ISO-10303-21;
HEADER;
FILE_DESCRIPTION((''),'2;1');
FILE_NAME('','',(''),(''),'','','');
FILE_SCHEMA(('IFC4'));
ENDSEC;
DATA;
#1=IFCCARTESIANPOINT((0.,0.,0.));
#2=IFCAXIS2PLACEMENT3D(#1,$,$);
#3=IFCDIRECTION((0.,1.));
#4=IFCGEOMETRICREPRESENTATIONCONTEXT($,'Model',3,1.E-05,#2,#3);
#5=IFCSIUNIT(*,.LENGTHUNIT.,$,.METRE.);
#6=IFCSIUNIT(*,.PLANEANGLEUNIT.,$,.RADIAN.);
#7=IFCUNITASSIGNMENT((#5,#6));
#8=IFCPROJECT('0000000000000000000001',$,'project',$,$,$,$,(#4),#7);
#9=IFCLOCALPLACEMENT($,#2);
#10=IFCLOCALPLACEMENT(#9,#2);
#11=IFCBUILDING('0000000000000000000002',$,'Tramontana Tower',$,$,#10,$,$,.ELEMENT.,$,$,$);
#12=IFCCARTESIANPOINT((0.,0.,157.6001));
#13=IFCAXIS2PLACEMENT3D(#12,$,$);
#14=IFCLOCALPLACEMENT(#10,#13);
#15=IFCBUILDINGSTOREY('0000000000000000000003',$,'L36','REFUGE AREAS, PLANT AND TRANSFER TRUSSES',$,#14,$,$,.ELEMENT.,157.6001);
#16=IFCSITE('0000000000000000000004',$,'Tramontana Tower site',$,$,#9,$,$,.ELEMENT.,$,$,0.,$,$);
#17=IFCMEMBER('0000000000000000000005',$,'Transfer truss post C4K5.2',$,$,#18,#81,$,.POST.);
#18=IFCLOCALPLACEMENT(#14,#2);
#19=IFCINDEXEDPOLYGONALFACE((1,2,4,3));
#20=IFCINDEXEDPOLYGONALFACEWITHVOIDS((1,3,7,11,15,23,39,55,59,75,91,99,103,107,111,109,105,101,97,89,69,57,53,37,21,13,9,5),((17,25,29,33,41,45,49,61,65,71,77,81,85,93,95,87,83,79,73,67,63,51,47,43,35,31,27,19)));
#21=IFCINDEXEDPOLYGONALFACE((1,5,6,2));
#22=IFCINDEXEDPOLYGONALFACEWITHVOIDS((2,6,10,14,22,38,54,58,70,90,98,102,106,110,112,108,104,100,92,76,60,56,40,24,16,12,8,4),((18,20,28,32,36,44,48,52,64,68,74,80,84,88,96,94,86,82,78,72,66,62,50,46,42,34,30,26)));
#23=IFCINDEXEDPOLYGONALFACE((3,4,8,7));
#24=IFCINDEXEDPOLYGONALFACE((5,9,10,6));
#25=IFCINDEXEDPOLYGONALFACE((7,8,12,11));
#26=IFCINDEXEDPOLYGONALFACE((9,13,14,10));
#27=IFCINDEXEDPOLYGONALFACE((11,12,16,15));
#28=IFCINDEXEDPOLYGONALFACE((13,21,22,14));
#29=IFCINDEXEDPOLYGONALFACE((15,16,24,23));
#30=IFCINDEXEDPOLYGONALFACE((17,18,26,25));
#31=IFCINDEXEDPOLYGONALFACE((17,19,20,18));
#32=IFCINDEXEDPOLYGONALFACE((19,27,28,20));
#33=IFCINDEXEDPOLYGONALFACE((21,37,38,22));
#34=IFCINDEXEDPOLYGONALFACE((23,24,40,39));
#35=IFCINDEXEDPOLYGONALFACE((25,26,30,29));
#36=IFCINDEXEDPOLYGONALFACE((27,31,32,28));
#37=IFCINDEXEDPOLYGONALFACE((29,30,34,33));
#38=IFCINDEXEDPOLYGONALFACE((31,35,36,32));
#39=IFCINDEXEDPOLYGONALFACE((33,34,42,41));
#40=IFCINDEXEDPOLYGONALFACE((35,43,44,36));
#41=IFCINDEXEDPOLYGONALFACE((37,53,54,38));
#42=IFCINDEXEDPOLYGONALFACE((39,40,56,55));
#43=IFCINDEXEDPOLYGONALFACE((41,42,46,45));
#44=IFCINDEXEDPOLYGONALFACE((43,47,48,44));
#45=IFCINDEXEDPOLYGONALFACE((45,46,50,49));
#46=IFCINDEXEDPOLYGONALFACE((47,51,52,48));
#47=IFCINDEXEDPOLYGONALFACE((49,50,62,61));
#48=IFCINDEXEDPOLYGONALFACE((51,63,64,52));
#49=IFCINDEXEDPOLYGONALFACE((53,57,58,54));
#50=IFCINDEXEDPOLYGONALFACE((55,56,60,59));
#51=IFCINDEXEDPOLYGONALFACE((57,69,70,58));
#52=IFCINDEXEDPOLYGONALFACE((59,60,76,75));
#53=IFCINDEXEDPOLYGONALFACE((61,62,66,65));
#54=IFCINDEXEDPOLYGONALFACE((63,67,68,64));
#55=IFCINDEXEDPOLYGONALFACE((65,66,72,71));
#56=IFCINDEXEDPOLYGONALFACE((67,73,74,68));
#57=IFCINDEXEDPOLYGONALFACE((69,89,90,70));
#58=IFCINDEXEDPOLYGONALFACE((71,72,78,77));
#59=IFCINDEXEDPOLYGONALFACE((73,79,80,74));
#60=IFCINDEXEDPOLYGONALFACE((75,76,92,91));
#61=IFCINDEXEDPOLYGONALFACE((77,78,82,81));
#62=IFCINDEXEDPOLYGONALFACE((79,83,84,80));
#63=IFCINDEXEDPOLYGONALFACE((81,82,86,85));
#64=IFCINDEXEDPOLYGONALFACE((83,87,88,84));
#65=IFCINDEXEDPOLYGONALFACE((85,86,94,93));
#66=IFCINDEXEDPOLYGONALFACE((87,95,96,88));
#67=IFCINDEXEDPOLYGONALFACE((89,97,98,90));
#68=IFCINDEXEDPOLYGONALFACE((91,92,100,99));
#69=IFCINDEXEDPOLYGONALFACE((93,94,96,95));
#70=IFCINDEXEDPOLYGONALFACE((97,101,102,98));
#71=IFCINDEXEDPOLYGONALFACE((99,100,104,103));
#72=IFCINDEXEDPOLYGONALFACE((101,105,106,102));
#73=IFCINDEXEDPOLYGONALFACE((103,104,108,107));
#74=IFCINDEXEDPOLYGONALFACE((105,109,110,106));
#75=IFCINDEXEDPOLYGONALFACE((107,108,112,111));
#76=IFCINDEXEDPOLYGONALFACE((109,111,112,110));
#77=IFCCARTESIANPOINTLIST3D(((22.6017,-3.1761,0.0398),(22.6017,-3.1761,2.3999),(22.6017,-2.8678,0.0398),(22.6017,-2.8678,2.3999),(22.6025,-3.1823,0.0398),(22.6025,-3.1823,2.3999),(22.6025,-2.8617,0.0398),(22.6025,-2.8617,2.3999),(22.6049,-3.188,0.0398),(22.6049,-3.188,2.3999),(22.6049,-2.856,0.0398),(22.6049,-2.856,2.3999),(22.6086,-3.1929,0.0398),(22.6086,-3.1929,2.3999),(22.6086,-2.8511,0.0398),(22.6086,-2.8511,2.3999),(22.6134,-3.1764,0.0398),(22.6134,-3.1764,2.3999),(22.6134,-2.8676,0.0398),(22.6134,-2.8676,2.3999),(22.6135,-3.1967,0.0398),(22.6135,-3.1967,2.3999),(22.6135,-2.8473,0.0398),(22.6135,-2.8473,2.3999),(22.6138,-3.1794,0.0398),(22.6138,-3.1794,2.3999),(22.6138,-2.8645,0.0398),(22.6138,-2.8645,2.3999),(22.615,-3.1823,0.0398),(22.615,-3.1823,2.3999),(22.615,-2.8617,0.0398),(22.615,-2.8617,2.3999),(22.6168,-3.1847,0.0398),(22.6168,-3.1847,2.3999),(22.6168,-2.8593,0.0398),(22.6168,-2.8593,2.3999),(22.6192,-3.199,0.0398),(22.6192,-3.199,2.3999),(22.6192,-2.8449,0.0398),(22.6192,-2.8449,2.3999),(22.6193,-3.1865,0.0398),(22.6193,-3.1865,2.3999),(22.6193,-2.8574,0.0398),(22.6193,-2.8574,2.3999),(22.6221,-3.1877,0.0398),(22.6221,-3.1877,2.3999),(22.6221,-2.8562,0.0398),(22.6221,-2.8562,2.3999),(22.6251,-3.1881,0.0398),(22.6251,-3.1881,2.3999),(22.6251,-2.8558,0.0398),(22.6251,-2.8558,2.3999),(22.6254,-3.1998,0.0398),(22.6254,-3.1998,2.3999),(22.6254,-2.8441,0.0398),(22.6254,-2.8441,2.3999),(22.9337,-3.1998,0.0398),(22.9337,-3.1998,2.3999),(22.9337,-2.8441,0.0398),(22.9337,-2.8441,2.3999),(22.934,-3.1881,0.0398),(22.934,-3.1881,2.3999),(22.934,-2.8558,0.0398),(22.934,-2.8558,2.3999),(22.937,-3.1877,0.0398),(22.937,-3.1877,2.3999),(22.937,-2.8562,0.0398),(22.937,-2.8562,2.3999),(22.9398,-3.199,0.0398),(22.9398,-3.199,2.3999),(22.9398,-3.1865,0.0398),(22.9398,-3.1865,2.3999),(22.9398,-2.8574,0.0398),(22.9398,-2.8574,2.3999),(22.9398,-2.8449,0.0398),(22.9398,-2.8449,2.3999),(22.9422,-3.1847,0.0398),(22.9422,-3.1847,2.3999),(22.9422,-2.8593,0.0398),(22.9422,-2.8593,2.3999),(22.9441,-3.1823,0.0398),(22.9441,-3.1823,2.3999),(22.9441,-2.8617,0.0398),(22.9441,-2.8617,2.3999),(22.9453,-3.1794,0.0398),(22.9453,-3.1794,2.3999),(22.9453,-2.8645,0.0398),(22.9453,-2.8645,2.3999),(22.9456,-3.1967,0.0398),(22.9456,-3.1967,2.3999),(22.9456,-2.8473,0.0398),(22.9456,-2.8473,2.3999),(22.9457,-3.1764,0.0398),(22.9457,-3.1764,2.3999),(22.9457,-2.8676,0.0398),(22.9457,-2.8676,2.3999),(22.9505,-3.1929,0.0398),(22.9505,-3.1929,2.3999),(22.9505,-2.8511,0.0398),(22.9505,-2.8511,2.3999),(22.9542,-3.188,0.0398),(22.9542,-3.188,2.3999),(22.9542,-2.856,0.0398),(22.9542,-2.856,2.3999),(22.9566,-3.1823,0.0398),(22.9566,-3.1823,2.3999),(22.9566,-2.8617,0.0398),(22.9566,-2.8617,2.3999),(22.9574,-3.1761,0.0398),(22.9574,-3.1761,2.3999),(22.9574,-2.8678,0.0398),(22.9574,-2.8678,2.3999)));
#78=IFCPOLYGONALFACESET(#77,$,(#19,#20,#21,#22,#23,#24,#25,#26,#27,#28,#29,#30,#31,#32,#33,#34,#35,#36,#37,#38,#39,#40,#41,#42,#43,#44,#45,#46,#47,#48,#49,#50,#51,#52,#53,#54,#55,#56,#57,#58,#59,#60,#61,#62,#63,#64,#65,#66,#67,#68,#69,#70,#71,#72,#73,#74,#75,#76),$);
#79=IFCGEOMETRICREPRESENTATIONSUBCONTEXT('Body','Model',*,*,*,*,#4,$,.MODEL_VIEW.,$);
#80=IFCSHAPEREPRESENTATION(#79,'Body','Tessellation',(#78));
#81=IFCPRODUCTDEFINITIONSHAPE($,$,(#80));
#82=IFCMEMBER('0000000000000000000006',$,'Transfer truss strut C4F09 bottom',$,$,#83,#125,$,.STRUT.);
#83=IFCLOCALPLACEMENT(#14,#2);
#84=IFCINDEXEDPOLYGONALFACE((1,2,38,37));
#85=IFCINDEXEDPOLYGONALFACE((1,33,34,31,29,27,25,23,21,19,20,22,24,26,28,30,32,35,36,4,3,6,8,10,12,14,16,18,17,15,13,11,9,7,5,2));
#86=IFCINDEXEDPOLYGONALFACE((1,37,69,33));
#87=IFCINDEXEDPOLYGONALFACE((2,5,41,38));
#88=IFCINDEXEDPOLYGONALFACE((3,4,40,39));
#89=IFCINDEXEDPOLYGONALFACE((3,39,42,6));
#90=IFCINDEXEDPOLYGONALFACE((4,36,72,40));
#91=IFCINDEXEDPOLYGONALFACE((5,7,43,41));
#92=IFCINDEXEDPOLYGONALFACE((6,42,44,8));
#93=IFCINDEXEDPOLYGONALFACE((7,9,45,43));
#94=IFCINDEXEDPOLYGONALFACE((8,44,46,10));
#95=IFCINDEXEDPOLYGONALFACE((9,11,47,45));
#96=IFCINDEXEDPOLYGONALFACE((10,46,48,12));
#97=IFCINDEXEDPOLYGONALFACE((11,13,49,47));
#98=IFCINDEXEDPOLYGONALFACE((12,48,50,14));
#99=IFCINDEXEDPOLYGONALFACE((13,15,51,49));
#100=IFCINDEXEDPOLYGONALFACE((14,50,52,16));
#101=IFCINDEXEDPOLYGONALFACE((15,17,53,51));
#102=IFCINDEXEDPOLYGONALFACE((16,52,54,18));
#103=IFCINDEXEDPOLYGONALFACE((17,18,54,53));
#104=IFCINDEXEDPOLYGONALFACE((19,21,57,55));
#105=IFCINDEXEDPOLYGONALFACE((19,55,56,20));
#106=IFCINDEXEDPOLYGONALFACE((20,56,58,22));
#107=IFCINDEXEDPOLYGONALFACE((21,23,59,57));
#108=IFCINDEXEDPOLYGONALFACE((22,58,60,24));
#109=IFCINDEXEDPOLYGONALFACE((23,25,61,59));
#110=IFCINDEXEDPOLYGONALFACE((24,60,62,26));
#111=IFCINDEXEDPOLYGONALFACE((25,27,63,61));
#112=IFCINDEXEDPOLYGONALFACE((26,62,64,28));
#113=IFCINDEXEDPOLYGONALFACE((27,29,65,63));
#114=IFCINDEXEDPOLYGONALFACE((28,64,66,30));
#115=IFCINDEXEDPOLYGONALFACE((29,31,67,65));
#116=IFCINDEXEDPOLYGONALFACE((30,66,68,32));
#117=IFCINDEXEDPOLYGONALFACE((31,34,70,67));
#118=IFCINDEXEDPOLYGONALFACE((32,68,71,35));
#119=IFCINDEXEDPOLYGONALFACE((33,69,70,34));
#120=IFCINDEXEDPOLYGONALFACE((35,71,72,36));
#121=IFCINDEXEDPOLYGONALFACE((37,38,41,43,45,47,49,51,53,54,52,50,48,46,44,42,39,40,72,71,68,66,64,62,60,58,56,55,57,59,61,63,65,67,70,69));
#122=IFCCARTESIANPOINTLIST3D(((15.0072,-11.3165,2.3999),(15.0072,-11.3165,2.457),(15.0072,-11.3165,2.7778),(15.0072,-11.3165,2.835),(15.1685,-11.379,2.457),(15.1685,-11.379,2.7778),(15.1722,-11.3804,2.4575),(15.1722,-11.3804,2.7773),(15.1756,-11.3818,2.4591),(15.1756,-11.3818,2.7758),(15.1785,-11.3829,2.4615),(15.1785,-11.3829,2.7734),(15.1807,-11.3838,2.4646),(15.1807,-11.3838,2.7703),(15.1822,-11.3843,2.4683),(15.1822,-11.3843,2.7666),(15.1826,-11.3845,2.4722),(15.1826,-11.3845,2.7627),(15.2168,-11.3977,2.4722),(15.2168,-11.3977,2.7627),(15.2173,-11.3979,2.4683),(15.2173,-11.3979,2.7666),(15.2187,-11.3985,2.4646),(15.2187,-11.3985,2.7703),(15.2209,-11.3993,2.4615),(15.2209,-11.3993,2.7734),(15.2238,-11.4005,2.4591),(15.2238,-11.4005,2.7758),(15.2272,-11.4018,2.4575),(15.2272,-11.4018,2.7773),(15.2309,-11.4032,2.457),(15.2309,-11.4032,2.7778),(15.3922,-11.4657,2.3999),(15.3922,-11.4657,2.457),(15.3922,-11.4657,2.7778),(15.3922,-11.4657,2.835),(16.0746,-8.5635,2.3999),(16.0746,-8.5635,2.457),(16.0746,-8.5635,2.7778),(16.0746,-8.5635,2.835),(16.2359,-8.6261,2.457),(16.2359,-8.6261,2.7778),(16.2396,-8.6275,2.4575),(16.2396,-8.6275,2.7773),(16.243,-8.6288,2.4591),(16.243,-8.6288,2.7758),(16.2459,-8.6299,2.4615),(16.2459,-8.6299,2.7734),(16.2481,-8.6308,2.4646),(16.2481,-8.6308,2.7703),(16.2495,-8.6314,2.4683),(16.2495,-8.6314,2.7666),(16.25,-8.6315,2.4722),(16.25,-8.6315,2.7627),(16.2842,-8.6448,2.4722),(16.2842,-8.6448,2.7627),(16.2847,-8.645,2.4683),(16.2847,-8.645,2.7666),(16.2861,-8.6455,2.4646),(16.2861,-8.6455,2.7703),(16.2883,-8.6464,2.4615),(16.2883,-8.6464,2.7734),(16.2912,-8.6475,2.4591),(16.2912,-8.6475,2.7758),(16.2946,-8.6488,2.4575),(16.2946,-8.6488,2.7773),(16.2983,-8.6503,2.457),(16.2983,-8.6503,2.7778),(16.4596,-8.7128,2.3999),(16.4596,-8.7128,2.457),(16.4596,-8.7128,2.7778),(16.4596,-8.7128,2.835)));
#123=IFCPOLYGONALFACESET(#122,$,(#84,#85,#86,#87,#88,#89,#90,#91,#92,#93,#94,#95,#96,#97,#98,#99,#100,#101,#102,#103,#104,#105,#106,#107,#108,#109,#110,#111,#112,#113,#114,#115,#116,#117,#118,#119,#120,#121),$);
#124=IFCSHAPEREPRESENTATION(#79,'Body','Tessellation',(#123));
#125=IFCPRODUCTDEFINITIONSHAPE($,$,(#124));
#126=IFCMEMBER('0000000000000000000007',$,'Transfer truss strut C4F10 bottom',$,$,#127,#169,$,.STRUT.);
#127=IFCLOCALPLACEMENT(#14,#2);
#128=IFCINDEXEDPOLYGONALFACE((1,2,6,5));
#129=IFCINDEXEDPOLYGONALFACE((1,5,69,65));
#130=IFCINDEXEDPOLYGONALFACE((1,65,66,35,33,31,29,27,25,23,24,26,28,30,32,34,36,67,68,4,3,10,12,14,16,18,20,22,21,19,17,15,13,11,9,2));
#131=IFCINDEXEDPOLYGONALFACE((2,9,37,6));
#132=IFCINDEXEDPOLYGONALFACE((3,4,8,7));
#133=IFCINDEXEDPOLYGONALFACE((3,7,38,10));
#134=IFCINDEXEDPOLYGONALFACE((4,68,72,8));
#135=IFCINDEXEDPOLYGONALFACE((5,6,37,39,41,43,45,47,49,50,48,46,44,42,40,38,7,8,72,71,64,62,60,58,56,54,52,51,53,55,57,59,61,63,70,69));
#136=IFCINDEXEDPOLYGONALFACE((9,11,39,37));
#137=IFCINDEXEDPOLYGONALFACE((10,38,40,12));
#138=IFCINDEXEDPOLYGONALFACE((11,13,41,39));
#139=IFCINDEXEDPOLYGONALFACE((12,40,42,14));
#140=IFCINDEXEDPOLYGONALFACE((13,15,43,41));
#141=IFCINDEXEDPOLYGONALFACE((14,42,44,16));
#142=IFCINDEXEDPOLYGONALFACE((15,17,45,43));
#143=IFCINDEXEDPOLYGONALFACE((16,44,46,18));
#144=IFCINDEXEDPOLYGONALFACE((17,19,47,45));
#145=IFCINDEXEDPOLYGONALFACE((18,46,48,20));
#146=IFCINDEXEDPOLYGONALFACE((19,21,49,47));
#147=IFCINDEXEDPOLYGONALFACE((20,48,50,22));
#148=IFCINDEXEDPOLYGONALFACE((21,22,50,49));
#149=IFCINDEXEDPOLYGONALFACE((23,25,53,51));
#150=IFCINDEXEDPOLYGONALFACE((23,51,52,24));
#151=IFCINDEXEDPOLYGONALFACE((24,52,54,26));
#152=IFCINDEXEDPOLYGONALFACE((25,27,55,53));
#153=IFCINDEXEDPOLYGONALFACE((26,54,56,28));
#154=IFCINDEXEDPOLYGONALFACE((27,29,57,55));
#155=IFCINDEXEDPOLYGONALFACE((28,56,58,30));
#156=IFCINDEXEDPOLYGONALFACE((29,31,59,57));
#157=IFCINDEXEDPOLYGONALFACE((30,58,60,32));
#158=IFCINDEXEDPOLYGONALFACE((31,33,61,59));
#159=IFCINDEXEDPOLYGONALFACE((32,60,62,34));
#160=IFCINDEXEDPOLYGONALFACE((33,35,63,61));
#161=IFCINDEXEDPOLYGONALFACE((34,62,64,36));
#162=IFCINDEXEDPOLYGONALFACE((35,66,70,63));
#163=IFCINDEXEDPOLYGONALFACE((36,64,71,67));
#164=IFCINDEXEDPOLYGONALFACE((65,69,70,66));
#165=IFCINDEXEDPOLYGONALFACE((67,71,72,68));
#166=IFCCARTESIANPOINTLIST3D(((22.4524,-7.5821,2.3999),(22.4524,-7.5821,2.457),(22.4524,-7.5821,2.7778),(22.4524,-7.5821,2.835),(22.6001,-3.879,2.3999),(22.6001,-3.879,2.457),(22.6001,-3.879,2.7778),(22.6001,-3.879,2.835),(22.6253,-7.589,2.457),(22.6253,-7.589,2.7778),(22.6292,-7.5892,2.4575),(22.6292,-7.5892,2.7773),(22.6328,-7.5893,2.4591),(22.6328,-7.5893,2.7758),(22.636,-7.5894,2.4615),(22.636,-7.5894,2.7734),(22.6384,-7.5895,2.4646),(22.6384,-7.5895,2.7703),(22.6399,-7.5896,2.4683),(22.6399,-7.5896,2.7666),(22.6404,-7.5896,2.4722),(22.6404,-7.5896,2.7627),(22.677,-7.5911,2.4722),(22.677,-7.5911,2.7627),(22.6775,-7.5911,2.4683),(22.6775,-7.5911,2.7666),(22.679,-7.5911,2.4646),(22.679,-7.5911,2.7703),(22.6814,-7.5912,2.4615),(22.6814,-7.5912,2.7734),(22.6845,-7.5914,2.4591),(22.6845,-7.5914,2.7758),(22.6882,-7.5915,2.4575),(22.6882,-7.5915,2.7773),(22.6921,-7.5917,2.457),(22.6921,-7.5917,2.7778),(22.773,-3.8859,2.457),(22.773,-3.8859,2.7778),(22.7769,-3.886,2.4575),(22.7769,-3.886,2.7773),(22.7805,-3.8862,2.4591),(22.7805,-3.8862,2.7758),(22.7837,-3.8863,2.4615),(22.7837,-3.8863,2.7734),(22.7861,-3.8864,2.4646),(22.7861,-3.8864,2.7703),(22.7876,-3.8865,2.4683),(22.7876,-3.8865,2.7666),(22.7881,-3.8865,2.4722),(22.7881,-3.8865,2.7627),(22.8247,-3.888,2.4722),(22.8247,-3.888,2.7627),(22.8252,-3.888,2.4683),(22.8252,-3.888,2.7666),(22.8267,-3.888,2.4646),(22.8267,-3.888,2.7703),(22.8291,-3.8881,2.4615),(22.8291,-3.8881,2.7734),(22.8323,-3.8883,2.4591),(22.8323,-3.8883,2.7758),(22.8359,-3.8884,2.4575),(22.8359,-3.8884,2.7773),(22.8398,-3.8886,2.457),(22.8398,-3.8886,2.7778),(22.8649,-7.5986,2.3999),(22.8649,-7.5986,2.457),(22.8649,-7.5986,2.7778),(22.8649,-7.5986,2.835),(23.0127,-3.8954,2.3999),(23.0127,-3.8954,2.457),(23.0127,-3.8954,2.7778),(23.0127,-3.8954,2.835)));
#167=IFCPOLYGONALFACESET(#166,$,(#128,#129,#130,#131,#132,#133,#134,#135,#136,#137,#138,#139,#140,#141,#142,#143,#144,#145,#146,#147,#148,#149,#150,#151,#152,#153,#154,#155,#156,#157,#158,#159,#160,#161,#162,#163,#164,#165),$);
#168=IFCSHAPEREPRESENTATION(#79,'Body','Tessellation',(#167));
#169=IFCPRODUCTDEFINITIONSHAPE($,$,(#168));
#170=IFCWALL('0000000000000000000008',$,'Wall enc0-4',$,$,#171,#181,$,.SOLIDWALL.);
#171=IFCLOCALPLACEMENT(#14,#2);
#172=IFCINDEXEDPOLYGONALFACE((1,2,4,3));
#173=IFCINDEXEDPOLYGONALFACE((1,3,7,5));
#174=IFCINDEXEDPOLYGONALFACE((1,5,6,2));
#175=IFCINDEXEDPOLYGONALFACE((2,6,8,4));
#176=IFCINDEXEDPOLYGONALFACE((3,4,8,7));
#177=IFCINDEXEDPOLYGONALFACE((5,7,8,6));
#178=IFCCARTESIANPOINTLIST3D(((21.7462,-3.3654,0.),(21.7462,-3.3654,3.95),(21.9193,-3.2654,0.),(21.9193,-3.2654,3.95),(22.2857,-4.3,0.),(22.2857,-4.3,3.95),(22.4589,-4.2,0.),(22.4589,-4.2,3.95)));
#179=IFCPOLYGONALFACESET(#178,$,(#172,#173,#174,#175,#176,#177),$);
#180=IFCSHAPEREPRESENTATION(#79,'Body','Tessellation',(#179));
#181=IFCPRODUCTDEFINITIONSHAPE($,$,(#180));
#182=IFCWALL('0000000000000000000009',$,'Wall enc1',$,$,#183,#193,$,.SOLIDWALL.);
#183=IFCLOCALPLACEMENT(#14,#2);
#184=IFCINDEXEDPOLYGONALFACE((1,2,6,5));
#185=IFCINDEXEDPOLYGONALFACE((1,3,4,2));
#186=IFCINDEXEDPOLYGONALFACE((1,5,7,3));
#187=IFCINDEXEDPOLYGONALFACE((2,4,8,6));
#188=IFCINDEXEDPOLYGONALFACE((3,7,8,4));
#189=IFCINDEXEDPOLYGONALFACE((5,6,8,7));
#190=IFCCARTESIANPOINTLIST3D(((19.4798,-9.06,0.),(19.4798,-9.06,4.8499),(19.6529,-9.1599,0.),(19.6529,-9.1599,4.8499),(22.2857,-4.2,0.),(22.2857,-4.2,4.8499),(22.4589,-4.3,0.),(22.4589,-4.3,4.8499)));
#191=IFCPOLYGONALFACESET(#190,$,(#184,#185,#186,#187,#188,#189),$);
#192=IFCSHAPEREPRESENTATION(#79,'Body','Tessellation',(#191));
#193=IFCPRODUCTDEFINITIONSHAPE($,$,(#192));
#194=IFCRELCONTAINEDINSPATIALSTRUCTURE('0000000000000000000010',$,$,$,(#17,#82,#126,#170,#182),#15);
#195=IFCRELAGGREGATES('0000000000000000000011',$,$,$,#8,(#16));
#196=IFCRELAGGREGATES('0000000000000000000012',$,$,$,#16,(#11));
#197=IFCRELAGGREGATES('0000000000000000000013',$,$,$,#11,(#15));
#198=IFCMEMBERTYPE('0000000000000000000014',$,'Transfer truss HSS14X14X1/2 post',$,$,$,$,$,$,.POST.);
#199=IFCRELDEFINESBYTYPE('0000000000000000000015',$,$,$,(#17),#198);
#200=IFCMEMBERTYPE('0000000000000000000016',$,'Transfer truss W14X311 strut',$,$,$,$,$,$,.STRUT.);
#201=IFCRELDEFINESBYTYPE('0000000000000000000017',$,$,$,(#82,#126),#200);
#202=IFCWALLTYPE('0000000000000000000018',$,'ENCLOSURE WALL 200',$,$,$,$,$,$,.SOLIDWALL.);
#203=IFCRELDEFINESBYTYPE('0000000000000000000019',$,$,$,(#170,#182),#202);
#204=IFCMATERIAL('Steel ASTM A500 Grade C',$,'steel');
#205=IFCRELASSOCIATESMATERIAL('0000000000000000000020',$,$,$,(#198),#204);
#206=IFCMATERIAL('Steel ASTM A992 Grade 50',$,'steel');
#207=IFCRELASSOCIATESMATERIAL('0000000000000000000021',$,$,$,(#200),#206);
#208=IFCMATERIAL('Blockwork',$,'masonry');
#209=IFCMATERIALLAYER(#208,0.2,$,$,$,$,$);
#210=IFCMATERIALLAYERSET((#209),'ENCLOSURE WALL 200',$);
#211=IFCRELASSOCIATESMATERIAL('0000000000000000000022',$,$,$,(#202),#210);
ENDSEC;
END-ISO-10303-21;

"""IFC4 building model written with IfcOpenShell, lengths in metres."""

from ifc_helpers import new_model, si_unit, direction, frame, frame_2d, origin, origin_2d, place, context, subcontext, project, spatial, rectangle, hollow_rectangle, i_section, extrude, material, layer, layer_set, material_profile, profile_set, type_object, element, save


model = new_model("IFC4")

# Units and contexts
model_context = context("Model", 3, precision=1e-05, world=origin(), true_north=direction((0.0, 1.0)))
body_context = subcontext(model_context, "Body", "Model", "MODEL_VIEW")
ifc_project = project(units=[si_unit("LENGTHUNIT", "METRE"), si_unit("PLANEANGLEUNIT", "RADIAN")], contexts=[model_context])

# Site, building, storey
site_placement = place(None, origin())
site = spatial("IfcSite", under=ifc_project, at=site_placement, Name="Tramontana Tower site", CompositionType="ELEMENT", RefElevation=0.0)
building_placement = place(site_placement, origin())
building = spatial("IfcBuilding", under=site, at=building_placement, Name="Tramontana Tower", CompositionType="ELEMENT")
storey_placement = place(building_placement, frame((0.0, 0.0, 157.6001)))
storey = spatial("IfcBuildingStorey", under=building, at=storey_placement, Name="L36", Description="REFUGE AREAS, PLANT AND TRANSFER TRUSSES", CompositionType="ELEMENT", Elevation=157.6001)

# Members
ifc_material_1 = material(Name="Steel ASTM A500 Grade C", Category="steel")
ifc_material_profile_1 = material_profile(ifc_material_1, hollow_rectangle(XDim=0.3557, YDim=0.3557, WallThickness=0.0117, InnerFilletRadius=0.0117, OuterFilletRadius=0.0237, at=origin_2d()), Name="HSS14X14X1/2")
ifc_profile_set_1 = profile_set([ifc_material_profile_1], Name="Steel ASTM A500 Grade C")
member_type_1 = type_object("IfcMemberType", Name="Transfer truss HSS14X14X1/2 post", PredefinedType="POST", material=ifc_profile_set_1)
member_1_placement = place(storey_placement, frame((22.7795, -3.022, 0.0398), z_axis=(0.0, 0.0, 1.0), x_axis=(1.0, 0.0, 0.0)))
element("IfcMember", 1, at=member_1_placement, inside=storey, type_object=member_type_1, Name="Transfer truss post C4K5.2", PredefinedType="POST", context=body_context, shape_type="SweptSolid", body=[
    extrude(hollow_rectangle(XDim=0.3557, YDim=0.3557, WallThickness=0.0117, InnerFilletRadius=0.0117, OuterFilletRadius=0.0237, at=origin_2d()), origin(), (0.0, 0.0, 1.0), 2.3601),
])
ifc_material_2 = material(Name="Steel ASTM A992 Grade 50", Category="steel")
ifc_material_profile_2 = material_profile(ifc_material_2, i_section(OverallWidth=0.4128, OverallDepth=0.4351, WebThickness=0.0366, FlangeThickness=0.0571, FilletRadius=0.0151, at=origin_2d()), Name="W14X311")
ifc_profile_set_2 = profile_set([ifc_material_profile_2], Name="Steel ASTM A992 Grade 50")
member_type_2 = type_object("IfcMemberType", Name="Transfer truss W14X311 strut", PredefinedType="STRUT", material=ifc_profile_set_2)
member_2_placement = place(storey_placement, frame((15.1997, -11.3911, 2.6174), z_axis=(0.361504, 0.93237, 0.0), x_axis=(-0.93237, 0.361504, 0.0)))
element("IfcMember", 2, at=member_2_placement, inside=storey, type_object=member_type_2, Name="Transfer truss strut C4F09 bottom", PredefinedType="STRUT", context=body_context, shape_type="SweptSolid", body=[
    extrude(i_section(OverallWidth=0.4128, OverallDepth=0.4351, WebThickness=0.0366, FlangeThickness=0.0571, FilletRadius=0.0151, at=origin_2d()), origin(), (0.0, 0.0, 1.0), 2.9526),
])
member_3_placement = place(storey_placement, frame((22.6587, -7.5903, 2.6174), z_axis=(0.039855, 0.999205, 0.0), x_axis=(-0.999205, 0.039855, 0.0)))
element("IfcMember", 3, at=member_3_placement, inside=storey, type_object=member_type_2, Name="Transfer truss strut C4F10 bottom", PredefinedType="STRUT", context=body_context, shape_type="SweptSolid", body=[
    extrude(i_section(OverallWidth=0.4128, OverallDepth=0.4351, WebThickness=0.0366, FlangeThickness=0.0571, FilletRadius=0.0151, at=origin_2d()), origin(), (0.0, 0.0, 1.0), 3.7061),
])

# Walls
ifc_material_3 = material(Name="Blockwork", Category="masonry")
ifc_layer_1 = layer(ifc_material_3, 0.2)
ifc_layer_set_1 = layer_set([ifc_layer_1], Name="ENCLOSURE WALL 200")
wall_type_1 = type_object("IfcWallType", Name="ENCLOSURE WALL 200", PredefinedType="SOLIDWALL", material=ifc_layer_set_1)
wall_1_placement = place(storey_placement, frame((21.8328, -3.3154, 0.0), z_axis=(0.0, 0.0, 1.0), x_axis=(0.499984, -0.866035, 0.0)))
element("IfcWall", 4, at=wall_1_placement, inside=storey, type_object=wall_type_1, Name="Wall enc0-4", PredefinedType="SOLIDWALL", context=body_context, shape_type="SweptSolid", body=[
    extrude(rectangle(XDim=1.0791, YDim=0.2, at=frame_2d((0.5396, 0.0))), origin(), (0.0, 0.0, 1.0), 3.95),
])
wall_2_placement = place(storey_placement, frame((22.3723, -4.25, 0.0), z_axis=(0.0, 0.0, 1.0), x_axis=(-0.500009, -0.86602, 0.0)))
element("IfcWall", 5, at=wall_2_placement, inside=storey, type_object=wall_type_1, Name="Wall enc1", PredefinedType="SOLIDWALL", context=body_context, shape_type="SweptSolid", body=[
    extrude(rectangle(XDim=5.6118, YDim=0.2, at=frame_2d((2.8059, 0.0))), origin(), (0.0, 0.0, 1.0), 4.8499),
])

save(model, "model.ifc")
